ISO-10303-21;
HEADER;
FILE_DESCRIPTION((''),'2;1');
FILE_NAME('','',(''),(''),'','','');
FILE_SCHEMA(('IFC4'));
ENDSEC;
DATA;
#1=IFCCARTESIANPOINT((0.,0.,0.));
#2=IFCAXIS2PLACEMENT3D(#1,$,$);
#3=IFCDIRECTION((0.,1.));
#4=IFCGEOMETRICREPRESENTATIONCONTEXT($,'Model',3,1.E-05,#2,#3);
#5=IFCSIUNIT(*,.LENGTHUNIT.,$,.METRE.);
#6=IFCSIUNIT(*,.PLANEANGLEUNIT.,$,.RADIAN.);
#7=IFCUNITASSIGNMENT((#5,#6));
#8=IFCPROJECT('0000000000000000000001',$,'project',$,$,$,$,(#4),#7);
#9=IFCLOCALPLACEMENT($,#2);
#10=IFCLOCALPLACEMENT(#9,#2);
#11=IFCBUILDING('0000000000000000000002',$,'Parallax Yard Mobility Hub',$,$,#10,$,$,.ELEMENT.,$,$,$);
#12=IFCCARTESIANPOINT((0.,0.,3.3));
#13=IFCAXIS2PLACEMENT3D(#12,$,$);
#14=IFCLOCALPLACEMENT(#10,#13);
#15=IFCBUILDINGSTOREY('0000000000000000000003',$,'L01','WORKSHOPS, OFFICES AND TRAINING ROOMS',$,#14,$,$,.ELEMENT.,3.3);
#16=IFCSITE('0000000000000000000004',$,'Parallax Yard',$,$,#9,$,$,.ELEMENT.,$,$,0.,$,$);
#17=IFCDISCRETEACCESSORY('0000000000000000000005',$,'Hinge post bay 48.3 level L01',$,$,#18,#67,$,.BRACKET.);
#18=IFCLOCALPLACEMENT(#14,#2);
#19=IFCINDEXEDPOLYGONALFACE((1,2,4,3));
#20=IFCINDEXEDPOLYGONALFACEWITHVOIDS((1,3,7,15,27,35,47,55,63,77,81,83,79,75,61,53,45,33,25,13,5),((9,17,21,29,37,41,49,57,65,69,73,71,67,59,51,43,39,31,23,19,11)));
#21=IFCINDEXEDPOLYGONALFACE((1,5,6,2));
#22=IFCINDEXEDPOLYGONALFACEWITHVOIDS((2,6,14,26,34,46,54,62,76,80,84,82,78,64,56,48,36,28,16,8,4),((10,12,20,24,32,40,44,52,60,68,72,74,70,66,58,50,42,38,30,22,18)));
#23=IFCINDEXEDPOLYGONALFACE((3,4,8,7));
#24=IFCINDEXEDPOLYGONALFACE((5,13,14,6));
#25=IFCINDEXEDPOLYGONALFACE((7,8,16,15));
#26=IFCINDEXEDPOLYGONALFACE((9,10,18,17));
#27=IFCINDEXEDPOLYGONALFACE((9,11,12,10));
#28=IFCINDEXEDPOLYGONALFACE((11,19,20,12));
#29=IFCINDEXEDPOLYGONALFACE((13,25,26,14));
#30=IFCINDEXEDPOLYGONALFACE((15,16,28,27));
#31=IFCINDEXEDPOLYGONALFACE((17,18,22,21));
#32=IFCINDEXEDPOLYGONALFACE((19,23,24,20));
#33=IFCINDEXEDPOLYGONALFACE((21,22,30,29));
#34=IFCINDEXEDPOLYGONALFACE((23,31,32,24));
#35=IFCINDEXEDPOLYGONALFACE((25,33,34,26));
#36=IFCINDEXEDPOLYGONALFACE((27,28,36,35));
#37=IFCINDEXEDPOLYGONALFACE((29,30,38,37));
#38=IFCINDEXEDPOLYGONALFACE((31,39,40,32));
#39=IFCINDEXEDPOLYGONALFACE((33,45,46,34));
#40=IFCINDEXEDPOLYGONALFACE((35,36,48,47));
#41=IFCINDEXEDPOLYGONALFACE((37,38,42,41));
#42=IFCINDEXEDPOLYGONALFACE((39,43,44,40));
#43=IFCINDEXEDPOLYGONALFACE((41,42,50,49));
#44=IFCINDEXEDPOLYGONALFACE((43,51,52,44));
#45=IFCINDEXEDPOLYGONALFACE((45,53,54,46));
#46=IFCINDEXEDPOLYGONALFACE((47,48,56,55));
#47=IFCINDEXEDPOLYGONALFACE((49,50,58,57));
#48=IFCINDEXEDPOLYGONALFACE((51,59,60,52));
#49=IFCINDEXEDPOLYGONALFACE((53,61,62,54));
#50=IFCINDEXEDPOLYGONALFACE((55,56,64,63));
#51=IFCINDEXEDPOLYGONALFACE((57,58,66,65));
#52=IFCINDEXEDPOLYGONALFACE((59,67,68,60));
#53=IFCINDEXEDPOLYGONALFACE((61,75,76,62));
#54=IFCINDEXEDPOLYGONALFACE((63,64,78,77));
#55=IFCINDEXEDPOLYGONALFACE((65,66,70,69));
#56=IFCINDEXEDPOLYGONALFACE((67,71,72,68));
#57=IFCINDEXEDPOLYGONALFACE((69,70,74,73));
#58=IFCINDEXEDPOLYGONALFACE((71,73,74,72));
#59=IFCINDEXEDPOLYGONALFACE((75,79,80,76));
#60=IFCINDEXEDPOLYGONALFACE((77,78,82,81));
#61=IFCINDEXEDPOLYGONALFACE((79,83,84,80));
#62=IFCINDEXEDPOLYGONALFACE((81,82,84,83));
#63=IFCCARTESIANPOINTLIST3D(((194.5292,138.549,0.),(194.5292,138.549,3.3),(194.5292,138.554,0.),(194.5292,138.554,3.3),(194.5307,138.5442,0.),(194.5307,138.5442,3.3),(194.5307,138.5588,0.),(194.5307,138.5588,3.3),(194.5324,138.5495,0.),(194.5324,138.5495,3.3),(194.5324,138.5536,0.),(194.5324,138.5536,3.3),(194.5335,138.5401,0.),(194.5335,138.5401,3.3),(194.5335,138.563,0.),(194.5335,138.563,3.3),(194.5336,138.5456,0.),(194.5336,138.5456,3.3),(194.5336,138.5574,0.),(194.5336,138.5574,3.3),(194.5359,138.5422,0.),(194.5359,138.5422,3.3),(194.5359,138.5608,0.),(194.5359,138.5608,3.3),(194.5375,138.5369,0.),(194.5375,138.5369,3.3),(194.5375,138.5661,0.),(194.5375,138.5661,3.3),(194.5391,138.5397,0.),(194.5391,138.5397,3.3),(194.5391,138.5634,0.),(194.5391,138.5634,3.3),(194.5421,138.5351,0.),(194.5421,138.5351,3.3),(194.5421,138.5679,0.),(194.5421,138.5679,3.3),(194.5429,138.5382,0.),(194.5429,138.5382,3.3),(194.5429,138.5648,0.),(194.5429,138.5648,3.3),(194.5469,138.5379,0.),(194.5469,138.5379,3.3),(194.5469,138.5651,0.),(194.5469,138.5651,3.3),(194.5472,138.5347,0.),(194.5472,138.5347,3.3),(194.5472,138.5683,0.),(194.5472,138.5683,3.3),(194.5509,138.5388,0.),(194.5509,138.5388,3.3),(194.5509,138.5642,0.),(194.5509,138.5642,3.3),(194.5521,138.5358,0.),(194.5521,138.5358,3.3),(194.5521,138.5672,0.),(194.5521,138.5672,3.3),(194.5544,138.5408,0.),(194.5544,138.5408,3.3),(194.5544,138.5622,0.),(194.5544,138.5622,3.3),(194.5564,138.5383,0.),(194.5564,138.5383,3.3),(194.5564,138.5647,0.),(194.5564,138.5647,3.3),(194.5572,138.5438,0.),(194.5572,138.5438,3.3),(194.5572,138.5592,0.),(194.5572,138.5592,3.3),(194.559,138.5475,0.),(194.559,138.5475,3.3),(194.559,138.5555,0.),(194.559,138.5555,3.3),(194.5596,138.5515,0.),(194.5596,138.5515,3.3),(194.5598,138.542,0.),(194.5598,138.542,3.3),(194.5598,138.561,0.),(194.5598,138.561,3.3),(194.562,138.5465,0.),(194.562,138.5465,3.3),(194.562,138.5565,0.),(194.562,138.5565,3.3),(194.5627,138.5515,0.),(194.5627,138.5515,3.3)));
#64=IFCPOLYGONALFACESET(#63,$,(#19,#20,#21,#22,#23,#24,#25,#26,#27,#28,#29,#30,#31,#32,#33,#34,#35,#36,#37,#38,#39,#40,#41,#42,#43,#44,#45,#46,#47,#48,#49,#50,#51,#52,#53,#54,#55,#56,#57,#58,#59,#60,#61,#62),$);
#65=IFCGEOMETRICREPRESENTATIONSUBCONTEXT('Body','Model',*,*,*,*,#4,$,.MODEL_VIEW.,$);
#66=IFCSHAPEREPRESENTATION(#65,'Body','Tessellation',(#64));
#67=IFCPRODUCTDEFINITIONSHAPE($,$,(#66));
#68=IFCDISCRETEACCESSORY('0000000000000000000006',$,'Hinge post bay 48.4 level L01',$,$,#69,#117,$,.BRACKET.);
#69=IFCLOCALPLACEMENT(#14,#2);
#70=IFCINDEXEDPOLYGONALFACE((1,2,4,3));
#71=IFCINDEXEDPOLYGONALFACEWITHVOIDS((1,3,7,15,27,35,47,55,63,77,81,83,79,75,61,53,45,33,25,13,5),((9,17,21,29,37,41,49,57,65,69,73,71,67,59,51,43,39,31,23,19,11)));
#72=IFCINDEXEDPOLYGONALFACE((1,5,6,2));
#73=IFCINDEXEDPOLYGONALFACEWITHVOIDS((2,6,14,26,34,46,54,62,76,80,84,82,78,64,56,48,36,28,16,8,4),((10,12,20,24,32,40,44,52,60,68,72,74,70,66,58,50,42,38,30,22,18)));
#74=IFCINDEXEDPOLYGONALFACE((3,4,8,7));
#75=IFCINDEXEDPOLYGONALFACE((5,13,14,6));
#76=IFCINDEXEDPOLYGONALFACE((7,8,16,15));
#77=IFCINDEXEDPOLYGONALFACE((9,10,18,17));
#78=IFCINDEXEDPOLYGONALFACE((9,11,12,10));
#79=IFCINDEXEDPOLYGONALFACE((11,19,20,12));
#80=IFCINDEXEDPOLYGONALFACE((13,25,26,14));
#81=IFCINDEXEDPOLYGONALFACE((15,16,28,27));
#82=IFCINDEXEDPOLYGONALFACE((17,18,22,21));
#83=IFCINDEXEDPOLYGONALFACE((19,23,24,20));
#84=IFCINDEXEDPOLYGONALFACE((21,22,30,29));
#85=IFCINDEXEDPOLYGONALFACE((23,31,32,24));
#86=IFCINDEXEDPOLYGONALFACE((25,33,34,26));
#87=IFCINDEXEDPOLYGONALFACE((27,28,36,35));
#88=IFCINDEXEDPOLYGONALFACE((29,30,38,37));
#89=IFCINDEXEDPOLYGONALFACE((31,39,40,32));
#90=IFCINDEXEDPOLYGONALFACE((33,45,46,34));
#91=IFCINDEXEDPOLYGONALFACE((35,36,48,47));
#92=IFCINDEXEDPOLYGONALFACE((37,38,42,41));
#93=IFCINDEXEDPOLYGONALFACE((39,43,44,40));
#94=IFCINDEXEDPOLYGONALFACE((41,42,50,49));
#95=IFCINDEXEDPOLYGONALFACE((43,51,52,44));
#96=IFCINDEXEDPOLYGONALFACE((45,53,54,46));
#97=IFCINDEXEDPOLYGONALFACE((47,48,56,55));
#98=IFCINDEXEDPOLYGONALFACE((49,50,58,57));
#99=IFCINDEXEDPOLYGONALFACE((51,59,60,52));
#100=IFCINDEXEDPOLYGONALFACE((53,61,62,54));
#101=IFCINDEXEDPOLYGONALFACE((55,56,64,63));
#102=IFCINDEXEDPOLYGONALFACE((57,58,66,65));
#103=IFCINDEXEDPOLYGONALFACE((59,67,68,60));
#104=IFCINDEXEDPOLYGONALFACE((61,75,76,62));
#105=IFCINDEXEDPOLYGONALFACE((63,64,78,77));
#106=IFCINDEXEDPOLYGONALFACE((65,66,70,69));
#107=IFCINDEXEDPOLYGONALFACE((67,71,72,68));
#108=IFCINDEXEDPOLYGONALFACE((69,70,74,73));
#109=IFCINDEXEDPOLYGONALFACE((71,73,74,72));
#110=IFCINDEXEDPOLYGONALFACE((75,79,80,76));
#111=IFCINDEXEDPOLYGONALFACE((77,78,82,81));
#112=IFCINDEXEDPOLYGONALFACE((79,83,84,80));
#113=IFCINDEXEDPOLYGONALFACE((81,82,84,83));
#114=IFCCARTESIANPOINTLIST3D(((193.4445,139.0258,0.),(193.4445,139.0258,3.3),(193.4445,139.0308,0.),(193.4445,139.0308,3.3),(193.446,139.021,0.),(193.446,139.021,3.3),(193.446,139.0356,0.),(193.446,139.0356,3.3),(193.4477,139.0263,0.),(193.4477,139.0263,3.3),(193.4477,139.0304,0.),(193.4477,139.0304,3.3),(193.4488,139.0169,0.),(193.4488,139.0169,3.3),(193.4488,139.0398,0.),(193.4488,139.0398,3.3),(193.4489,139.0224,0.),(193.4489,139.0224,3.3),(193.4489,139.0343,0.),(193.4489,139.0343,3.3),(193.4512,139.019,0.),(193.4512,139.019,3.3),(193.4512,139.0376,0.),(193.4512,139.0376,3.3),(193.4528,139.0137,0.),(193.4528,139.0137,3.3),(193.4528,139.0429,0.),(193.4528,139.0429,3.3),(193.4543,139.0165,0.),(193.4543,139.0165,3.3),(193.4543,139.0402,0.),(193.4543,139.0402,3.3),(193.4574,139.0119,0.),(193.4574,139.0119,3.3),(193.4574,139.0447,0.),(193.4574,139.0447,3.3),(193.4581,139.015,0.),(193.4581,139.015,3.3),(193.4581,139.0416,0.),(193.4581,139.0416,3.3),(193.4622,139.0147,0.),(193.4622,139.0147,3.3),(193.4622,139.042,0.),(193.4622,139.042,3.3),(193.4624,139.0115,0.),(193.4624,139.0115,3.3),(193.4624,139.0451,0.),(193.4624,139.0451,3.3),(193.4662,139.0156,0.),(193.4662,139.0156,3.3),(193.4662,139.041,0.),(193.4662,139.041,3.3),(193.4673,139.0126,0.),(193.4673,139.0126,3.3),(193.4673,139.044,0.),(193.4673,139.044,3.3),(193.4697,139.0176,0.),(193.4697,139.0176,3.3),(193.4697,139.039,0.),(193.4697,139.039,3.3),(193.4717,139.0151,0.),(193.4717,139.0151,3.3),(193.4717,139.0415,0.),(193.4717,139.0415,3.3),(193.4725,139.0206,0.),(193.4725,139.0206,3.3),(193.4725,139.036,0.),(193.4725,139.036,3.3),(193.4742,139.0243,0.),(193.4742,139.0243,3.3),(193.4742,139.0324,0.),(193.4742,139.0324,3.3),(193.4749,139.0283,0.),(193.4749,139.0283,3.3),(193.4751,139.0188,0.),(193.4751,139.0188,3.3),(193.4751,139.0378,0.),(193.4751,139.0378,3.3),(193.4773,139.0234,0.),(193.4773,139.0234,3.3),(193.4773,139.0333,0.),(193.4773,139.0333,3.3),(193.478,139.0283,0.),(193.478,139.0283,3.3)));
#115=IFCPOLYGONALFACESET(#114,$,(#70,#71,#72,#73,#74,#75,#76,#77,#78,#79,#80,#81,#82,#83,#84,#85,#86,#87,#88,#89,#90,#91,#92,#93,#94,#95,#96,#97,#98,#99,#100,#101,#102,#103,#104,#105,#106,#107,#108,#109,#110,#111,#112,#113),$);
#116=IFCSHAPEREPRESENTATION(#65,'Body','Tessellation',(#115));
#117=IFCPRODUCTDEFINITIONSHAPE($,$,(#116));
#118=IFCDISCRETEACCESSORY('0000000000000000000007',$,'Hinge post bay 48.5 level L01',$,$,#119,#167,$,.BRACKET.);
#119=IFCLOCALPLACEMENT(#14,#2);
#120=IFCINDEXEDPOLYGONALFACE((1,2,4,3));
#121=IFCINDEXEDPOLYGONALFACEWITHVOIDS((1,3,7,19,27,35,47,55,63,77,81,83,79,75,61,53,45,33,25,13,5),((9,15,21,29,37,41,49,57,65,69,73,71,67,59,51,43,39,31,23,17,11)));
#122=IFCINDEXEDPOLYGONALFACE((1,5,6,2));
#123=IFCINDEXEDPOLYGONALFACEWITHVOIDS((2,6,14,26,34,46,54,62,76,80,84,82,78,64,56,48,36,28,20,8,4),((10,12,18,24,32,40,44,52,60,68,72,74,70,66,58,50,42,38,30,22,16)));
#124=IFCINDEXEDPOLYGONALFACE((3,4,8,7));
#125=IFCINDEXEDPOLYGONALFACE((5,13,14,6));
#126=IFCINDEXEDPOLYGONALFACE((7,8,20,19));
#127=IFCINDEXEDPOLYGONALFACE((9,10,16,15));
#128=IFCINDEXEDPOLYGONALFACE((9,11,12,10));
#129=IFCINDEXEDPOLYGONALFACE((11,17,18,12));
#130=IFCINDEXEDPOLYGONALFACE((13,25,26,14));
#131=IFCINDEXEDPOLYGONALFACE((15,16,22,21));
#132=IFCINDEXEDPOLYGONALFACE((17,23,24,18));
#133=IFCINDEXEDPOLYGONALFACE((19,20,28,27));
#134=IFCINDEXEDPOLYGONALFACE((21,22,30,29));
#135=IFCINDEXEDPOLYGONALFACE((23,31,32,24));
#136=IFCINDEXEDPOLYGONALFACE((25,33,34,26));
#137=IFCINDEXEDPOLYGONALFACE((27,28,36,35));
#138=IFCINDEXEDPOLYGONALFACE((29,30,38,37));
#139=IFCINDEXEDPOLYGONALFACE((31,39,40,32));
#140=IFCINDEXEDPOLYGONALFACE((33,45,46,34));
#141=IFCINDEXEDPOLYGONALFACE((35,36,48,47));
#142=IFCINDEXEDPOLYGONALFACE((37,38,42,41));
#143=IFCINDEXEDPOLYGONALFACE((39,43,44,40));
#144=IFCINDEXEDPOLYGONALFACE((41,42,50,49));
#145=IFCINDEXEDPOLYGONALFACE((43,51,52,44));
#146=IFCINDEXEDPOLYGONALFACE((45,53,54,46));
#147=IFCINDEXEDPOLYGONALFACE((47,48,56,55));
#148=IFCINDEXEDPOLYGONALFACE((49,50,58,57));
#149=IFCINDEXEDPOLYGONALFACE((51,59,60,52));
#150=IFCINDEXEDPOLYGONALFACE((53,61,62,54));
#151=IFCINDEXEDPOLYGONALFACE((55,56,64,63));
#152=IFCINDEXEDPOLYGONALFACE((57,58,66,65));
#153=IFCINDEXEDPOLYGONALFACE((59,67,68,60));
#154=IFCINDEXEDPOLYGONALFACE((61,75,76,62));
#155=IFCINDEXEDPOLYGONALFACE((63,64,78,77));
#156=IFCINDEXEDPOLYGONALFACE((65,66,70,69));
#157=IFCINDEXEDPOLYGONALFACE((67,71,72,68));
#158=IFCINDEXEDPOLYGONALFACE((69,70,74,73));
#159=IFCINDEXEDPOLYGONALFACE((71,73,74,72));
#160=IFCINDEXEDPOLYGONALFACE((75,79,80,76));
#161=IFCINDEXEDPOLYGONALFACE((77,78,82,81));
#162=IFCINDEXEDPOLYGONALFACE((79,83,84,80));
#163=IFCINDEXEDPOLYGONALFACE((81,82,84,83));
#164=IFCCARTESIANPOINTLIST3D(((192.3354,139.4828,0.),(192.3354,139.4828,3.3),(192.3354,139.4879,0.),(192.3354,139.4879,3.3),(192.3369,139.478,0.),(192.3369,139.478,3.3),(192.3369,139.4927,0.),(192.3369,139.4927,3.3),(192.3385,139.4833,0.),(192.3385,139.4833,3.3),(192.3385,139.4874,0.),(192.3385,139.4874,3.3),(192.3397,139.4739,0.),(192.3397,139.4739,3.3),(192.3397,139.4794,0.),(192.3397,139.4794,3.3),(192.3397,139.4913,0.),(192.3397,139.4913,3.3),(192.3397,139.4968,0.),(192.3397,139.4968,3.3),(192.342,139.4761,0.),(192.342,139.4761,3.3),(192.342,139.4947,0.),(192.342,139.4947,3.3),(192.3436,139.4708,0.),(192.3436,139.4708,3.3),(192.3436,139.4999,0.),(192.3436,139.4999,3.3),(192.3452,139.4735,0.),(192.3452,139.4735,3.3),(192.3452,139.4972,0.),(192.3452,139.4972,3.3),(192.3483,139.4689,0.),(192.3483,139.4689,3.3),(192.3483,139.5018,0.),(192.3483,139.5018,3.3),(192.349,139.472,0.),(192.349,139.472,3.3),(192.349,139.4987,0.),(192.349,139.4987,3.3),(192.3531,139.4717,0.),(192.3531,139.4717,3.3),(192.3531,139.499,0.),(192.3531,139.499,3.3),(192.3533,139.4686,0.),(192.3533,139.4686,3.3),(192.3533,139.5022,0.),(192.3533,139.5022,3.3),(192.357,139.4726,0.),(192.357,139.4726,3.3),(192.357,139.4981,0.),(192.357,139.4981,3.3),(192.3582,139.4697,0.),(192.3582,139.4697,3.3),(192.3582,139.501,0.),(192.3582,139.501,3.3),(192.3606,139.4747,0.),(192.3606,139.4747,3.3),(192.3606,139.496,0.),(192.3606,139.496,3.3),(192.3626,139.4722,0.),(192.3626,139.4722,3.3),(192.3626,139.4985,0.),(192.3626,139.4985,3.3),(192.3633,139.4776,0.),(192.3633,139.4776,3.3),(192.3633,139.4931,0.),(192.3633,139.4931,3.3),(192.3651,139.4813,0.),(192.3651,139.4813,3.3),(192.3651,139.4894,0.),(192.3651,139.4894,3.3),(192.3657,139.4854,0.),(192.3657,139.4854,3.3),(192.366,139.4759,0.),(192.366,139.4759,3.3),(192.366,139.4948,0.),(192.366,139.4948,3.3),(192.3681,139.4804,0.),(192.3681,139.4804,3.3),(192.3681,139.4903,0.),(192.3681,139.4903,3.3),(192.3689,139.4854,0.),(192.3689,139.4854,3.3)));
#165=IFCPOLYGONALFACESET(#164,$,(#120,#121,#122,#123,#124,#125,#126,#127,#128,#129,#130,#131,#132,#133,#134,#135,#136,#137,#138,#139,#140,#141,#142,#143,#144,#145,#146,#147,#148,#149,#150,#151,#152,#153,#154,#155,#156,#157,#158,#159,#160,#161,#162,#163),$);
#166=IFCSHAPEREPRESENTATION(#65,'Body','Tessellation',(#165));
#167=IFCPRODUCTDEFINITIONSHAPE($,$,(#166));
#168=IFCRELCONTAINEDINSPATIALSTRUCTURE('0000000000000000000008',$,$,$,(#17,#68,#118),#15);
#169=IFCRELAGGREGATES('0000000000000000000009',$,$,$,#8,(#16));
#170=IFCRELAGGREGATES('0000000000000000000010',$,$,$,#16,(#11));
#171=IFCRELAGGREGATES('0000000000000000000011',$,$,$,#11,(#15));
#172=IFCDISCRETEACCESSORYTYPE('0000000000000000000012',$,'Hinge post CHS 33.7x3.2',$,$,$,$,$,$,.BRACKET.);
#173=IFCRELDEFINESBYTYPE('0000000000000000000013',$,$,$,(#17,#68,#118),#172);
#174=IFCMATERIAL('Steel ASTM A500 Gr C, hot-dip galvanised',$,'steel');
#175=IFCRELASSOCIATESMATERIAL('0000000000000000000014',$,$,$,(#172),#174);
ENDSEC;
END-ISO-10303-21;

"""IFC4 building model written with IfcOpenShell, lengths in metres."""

from ifc_helpers import new_model, si_unit, direction, frame, origin, origin_2d, place, context, subcontext, project, spatial, hollow_circle, extrude, material, material_profile, profile_set, type_object, element, save


model = new_model("IFC4")

# Units and contexts
model_context = context("Model", 3, precision=1e-05, world=origin(), true_north=direction((0.0, 1.0)))
body_context = subcontext(model_context, "Body", "Model", "MODEL_VIEW")
ifc_project = project(units=[si_unit("LENGTHUNIT", "METRE"), si_unit("PLANEANGLEUNIT", "RADIAN")], contexts=[model_context])

# Site, building, storey
site_placement = place(None, origin())
site = spatial("IfcSite", under=ifc_project, at=site_placement, Name="Parallax Yard", CompositionType="ELEMENT", RefElevation=0.0)
building_placement = place(site_placement, origin())
building = spatial("IfcBuilding", under=site, at=building_placement, Name="Parallax Yard Mobility Hub", CompositionType="ELEMENT")
storey_placement = place(building_placement, frame((0.0, 0.0, 3.3)))
storey = spatial("IfcBuildingStorey", under=building, at=storey_placement, Name="L01", Description="WORKSHOPS, OFFICES AND TRAINING ROOMS", CompositionType="ELEMENT", Elevation=3.3)

# Discrete accessories
ifc_material_1 = material(Name="Steel ASTM A500 Gr C, hot-dip galvanised", Category="steel")
ifc_material_profile_1 = material_profile(ifc_material_1, hollow_circle(Radius=0.0168, WallThickness=0.0032, at=origin_2d()), Name="CHS 33.7x3.2")
ifc_profile_set_1 = profile_set([ifc_material_profile_1], Name="Steel ASTM A500 Gr C, hot-dip galvanised")
discrete_accessory_type_1 = type_object("IfcDiscreteAccessoryType", Name="Hinge post CHS 33.7x3.2", PredefinedType="BRACKET", material=ifc_profile_set_1)
for number, where, z_axis, x_axis, name in (
    (1, (194.5459, 138.5515, 0.0), (0.0, 0.0, 1.0), (1.0, 0.0, 0.0), "Hinge post bay 48.3 level L01"),
    (2, (193.4612, 139.0283, 0.0), (0.0, 0.0, 1.0), (1.0, 0.0, 0.0), "Hinge post bay 48.4 level L01"),
    (3, (192.3521, 139.4854, 0.0), (0.0, 0.0, 1.0), (1.0, 0.0, 0.0), "Hinge post bay 48.5 level L01"),
):
    element("IfcDiscreteAccessory", number, at=place(storey_placement, frame(where, z_axis=z_axis, x_axis=x_axis)), inside=storey, type_object=discrete_accessory_type_1, Name=name, PredefinedType="BRACKET", context=body_context, shape_type="SweptSolid", body=[
        extrude(hollow_circle(Radius=0.0168, WallThickness=0.0032, at=origin_2d()), origin(), (0.0, 0.0, 1.0), 3.3),
    ])

save(model, "model.ifc")
